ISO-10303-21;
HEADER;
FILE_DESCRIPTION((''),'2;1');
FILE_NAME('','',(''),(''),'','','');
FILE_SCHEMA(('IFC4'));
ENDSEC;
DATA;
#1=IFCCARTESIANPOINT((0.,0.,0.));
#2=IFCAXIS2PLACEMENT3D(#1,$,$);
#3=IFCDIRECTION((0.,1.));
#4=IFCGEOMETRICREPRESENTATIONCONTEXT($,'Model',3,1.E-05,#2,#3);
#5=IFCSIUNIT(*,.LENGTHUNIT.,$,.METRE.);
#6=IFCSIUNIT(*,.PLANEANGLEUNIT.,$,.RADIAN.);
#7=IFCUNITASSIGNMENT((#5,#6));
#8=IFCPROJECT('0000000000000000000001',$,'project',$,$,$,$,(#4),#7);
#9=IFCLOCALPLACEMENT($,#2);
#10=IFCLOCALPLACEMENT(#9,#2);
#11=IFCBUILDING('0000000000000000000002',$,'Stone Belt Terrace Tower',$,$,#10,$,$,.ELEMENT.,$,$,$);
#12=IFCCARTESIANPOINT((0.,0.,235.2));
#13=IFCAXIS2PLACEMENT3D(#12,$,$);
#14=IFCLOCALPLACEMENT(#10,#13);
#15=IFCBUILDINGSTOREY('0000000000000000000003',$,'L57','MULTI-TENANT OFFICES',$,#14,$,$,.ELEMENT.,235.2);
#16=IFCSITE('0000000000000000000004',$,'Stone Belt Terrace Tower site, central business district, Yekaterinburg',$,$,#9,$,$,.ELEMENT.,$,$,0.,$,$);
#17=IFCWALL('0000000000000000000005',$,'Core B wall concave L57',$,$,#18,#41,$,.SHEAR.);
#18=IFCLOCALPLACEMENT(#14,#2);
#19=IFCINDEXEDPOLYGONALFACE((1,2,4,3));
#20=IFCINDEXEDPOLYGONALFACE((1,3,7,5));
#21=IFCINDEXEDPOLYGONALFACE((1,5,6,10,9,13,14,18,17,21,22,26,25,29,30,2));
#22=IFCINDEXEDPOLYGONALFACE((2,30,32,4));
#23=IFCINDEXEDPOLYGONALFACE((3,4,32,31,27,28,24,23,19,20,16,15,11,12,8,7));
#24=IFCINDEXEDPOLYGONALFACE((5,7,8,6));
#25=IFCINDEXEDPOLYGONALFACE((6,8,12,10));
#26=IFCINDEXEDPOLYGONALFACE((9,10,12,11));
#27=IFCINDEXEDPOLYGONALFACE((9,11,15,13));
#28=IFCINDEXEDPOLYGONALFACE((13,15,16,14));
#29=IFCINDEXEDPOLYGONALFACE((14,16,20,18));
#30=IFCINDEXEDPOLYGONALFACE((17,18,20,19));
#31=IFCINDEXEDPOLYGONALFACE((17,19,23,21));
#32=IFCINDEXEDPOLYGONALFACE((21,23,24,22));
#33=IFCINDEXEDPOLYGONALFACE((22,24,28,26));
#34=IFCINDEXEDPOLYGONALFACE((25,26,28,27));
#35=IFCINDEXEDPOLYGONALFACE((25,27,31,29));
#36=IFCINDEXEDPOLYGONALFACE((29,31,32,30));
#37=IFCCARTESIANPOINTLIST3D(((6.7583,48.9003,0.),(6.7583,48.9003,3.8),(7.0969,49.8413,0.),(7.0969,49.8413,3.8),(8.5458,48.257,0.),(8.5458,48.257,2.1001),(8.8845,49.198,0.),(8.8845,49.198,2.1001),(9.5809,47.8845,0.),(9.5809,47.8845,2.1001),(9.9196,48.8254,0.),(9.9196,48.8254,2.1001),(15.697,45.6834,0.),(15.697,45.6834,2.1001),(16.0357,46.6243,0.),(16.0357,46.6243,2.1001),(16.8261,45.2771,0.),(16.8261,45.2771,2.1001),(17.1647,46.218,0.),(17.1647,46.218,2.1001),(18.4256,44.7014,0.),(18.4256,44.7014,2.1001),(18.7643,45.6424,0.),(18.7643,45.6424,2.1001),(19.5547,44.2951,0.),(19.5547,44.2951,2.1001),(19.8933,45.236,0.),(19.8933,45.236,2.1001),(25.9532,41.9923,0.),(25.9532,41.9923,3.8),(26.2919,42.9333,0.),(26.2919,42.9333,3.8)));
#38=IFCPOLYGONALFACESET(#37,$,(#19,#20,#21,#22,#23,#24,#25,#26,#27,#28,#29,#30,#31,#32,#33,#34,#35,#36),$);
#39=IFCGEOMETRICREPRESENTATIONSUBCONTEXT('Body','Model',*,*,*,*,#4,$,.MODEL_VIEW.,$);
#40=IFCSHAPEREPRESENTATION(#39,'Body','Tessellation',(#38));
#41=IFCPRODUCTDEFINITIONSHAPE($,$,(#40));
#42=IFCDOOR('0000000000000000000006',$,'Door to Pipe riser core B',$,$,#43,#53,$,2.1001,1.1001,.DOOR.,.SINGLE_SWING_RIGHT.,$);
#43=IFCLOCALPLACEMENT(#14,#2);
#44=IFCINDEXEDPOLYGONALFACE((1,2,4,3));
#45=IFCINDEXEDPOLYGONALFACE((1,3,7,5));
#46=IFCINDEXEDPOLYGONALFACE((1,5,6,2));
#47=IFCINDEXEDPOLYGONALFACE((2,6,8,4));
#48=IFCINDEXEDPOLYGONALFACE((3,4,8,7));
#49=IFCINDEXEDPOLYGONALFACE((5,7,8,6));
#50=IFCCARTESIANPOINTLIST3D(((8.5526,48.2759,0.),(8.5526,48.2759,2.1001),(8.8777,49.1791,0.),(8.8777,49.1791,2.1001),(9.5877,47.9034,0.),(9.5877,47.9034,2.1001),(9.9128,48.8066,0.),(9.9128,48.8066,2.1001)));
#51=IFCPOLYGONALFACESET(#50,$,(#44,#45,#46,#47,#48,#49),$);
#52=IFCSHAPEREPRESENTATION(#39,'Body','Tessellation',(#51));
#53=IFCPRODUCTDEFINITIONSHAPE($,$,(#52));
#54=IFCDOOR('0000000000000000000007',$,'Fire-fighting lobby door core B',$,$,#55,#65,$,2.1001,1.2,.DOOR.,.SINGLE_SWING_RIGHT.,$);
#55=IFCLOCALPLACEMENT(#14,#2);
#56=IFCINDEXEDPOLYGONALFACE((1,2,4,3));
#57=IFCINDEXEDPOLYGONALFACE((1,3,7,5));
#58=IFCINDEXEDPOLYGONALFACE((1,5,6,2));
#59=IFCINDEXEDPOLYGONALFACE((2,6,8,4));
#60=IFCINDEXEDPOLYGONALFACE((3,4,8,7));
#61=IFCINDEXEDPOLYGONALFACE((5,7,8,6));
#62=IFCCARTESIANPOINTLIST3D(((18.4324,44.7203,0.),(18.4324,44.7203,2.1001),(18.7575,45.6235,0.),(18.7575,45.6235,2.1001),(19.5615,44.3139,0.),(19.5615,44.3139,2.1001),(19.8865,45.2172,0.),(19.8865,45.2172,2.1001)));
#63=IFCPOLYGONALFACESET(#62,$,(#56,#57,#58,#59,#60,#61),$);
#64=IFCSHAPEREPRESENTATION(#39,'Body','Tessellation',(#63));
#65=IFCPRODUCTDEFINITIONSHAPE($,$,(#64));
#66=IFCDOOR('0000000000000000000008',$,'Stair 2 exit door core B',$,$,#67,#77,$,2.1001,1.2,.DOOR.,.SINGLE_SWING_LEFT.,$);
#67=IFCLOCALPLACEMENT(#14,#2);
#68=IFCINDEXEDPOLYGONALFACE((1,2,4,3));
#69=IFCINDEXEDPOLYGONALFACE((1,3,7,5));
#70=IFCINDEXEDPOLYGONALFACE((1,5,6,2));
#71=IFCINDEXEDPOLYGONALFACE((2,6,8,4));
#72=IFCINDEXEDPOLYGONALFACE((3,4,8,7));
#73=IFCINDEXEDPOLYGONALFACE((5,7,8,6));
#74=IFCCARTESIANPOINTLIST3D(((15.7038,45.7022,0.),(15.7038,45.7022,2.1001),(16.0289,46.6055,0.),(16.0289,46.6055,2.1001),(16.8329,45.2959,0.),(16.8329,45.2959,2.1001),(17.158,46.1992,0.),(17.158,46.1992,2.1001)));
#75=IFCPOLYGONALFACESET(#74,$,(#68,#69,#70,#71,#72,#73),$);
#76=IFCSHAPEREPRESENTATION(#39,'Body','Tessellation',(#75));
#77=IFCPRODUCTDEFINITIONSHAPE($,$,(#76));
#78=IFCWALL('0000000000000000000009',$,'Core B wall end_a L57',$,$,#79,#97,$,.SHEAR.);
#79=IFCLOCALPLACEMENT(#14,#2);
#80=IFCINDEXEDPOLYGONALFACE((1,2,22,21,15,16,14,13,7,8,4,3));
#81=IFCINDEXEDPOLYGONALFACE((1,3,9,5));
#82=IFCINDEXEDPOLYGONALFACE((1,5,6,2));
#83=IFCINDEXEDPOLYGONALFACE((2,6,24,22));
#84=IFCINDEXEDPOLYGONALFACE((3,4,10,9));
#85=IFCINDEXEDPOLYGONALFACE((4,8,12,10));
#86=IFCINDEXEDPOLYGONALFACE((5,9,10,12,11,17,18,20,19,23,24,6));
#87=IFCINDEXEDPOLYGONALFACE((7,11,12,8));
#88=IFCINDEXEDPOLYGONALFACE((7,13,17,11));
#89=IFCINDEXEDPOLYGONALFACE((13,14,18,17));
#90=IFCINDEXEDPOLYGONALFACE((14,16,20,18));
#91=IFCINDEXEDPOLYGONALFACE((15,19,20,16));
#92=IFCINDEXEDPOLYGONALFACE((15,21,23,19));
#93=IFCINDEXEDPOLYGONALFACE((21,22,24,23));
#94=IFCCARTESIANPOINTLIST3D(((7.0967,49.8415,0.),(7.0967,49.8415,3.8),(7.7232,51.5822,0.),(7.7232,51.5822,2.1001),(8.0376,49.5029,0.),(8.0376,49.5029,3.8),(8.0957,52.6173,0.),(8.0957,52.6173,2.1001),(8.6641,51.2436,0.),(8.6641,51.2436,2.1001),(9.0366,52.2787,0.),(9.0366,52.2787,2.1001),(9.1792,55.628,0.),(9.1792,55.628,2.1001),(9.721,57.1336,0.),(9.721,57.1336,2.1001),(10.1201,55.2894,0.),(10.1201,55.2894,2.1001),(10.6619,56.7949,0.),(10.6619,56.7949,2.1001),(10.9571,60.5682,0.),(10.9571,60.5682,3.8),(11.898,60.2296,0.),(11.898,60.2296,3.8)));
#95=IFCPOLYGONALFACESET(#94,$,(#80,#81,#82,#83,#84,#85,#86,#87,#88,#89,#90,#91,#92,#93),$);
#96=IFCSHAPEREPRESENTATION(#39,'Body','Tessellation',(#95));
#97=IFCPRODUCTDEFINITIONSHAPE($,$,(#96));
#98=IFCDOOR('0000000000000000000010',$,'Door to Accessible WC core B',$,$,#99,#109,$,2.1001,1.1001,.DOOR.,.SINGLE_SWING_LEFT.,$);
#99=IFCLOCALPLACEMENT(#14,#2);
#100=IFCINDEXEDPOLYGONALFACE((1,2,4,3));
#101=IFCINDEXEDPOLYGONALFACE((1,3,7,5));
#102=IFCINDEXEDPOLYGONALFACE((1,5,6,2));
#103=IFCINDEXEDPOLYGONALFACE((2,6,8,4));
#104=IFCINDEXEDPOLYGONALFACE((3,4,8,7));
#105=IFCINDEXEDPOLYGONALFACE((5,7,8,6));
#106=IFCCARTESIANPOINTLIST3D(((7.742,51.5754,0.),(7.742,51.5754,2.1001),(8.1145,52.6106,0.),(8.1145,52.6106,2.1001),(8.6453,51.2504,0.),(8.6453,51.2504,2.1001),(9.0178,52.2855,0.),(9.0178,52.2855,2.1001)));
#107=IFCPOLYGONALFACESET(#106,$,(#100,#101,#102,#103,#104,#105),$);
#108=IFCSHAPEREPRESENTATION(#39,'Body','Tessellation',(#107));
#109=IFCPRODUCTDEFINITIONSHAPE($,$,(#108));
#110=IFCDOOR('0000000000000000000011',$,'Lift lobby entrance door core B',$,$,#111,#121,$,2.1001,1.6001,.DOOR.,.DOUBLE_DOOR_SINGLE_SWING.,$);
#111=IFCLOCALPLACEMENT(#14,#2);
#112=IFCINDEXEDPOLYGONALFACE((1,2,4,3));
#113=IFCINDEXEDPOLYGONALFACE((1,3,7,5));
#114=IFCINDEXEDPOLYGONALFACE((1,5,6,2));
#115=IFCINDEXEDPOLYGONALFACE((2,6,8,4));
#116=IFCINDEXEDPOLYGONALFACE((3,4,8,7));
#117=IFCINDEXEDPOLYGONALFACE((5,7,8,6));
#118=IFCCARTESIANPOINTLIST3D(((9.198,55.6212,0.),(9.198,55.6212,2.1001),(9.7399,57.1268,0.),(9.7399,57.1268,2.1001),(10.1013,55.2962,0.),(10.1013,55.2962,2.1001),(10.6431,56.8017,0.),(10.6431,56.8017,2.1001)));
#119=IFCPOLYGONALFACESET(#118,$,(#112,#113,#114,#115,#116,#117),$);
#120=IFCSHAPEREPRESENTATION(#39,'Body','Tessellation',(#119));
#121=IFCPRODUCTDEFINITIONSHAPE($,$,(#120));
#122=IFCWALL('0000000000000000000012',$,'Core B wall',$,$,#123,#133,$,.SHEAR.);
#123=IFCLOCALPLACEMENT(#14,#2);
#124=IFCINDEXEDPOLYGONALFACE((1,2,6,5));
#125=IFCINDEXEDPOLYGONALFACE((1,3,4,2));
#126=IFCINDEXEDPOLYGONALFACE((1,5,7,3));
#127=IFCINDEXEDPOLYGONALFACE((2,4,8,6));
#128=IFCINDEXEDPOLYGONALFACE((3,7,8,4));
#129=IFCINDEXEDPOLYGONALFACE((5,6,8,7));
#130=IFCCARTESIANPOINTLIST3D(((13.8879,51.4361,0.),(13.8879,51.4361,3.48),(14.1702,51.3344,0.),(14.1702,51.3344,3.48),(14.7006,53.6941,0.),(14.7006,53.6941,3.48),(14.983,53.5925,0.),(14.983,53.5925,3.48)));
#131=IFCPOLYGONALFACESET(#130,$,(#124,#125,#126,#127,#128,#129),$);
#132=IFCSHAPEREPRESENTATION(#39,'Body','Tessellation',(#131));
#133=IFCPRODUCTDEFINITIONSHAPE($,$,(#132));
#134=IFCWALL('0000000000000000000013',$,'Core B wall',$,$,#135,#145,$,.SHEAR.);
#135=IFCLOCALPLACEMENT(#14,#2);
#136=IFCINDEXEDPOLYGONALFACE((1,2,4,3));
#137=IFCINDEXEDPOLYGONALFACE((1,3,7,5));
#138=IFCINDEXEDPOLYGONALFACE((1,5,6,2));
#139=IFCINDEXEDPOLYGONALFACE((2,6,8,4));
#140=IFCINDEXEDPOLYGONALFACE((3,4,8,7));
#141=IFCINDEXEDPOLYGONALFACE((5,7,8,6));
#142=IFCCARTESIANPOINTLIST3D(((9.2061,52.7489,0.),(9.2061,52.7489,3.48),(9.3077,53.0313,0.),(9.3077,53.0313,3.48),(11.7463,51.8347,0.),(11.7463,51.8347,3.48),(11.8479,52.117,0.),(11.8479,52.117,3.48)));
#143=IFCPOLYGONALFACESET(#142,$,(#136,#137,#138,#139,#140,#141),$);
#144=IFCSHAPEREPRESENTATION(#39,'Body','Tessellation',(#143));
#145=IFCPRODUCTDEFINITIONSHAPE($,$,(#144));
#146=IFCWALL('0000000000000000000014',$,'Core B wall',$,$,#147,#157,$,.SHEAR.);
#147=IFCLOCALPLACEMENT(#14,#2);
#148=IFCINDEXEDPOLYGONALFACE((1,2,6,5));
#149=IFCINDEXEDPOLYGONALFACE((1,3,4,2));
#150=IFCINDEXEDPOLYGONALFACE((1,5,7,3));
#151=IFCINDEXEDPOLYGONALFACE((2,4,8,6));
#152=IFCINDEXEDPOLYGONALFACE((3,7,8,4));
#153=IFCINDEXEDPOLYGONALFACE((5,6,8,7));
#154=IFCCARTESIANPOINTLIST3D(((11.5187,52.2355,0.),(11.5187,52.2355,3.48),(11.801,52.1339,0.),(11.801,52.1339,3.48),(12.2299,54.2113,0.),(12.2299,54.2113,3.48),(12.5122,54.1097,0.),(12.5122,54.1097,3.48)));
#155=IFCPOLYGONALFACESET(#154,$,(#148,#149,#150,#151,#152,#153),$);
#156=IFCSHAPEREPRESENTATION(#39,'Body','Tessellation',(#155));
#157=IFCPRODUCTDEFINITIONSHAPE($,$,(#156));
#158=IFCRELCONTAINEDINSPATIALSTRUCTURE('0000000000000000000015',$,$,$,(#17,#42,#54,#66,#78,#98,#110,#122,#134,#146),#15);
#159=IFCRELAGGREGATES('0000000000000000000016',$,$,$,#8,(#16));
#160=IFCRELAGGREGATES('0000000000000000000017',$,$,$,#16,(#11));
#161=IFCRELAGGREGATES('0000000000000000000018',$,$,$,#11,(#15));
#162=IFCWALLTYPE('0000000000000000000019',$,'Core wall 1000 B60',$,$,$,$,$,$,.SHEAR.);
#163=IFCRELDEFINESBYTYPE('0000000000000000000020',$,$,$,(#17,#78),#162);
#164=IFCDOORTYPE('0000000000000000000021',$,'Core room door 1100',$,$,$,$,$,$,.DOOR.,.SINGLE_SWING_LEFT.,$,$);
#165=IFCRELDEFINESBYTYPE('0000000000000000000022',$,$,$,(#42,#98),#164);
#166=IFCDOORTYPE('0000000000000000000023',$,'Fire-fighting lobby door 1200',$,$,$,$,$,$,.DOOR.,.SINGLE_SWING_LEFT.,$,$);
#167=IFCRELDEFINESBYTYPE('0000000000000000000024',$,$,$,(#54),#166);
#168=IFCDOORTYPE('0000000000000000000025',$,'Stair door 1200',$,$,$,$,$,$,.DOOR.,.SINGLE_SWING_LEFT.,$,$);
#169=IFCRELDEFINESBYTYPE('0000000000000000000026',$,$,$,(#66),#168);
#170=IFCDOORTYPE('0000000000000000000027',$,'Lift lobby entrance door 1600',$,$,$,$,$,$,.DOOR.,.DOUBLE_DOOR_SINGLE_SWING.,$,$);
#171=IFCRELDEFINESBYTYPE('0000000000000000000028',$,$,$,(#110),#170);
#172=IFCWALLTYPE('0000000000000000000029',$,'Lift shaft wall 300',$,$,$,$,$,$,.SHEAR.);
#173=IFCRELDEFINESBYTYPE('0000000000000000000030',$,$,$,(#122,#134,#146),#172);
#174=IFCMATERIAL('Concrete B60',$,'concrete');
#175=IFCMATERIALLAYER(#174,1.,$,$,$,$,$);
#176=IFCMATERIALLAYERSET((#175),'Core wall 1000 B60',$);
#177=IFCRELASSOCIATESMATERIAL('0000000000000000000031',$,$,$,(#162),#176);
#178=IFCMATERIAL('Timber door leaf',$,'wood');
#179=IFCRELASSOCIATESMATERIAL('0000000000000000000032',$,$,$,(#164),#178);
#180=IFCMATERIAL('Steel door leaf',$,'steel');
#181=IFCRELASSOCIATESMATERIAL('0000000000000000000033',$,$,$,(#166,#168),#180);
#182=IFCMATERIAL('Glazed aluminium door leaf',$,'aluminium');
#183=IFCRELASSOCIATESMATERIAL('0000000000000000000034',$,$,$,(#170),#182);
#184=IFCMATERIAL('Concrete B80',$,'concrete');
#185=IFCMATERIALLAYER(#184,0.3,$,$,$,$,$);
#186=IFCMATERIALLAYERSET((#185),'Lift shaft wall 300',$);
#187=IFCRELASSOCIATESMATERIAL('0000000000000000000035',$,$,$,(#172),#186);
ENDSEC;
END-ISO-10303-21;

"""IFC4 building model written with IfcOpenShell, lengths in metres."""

from ifc_helpers import new_model, si_unit, direction, frame, frame_2d, origin, place, context, subcontext, project, spatial, rectangle, extrude, material, layer, layer_set, type_object, element, fill, save


model = new_model("IFC4")

# Units and contexts
model_context = context("Model", 3, precision=1e-05, world=origin(), true_north=direction((0.0, 1.0)))
body_context = subcontext(model_context, "Body", "Model", "MODEL_VIEW")
ifc_project = project(units=[si_unit("LENGTHUNIT", "METRE"), si_unit("PLANEANGLEUNIT", "RADIAN")], contexts=[model_context])

# Site, building, storey
site_placement = place(None, origin())
site = spatial("IfcSite", under=ifc_project, at=site_placement, Name="Stone Belt Terrace Tower site, central business district, Yekaterinburg", CompositionType="ELEMENT", RefElevation=0.0)
building_placement = place(site_placement, origin())
building = spatial("IfcBuilding", under=site, at=building_placement, Name="Stone Belt Terrace Tower", CompositionType="ELEMENT")
storey_placement = place(building_placement, frame((0.0, 0.0, 235.2)))
storey = spatial("IfcBuildingStorey", under=building, at=storey_placement, Name="L57", Description="MULTI-TENANT OFFICES", CompositionType="ELEMENT", Elevation=235.2)

# Shared definitions
ifc_material_1 = material(Name="Concrete B60", Category="concrete")

# Walls, openings, doors
ifc_layer_1 = layer(ifc_material_1, 1.0)
ifc_layer_set_1 = layer_set([ifc_layer_1], Name="Core wall 1000 B60")
wall_type_1 = type_object("IfcWallType", Name="Core wall 1000 B60", PredefinedType="SHEAR", material=ifc_layer_set_1)
wall_1_placement = place(storey_placement, frame((6.9275, 49.3708, 0.0), z_axis=(0.0, 0.0, 1.0), x_axis=(0.940921, -0.338625, 0.0)))
wall_1 = element("IfcWall", 1, at=wall_1_placement, inside=storey, type_object=wall_type_1, Name="Core B wall concave L57", PredefinedType="SHEAR", context=body_context, shape_type="SweptSolid", body=[
    extrude(rectangle(XDim=20.4001, YDim=1.0, at=frame_2d((10.2002, 0.0))), origin(), (0.0, 0.0, 1.0), 3.8),
])
opening_1_placement = place(wall_1_placement, frame((12.3999, 0.0, 0.0)))
opening_1 = element("IfcOpeningElement", 2, at=opening_1_placement, cuts=wall_1, PredefinedType="OPENING", context=body_context, shape_type="SweptSolid", body=[
    extrude(rectangle(XDim=1.2, YDim=2.1001, at=frame_2d((0.6001, 1.05))), frame((0.0, 0.51, 0.0), z_axis=(0.0, -1.0, 0.0), x_axis=(1.0, 0.0, 0.0)), (0.0, 0.0, 1.0), 1.02),
])
opening_2_placement = place(wall_1_placement, frame((9.5, 0.0, 0.0)))
opening_2 = element("IfcOpeningElement", 3, at=opening_2_placement, cuts=wall_1, PredefinedType="OPENING", context=body_context, shape_type="SweptSolid", body=[
    extrude(rectangle(XDim=1.2, YDim=2.1001, at=frame_2d((0.6001, 1.05))), frame((0.0, 0.51, 0.0), z_axis=(0.0, -1.0, 0.0), x_axis=(1.0, 0.0, 0.0)), (0.0, 0.0, 1.0), 1.02),
])
opening_3_placement = place(wall_1_placement, frame((1.8999, 0.0, 0.0)))
opening_3 = element("IfcOpeningElement", 4, at=opening_3_placement, cuts=wall_1, PredefinedType="OPENING", context=body_context, shape_type="SweptSolid", body=[
    extrude(rectangle(XDim=1.1001, YDim=2.1001, at=frame_2d((0.55, 1.05))), frame((0.0, 0.51, 0.0), z_axis=(0.0, -1.0, 0.0), x_axis=(1.0, 0.0, 0.0)), (0.0, 0.0, 1.0), 1.02),
])
ifc_material_2 = material(Name="Timber door leaf", Category="wood")
door_type_1 = type_object("IfcDoorType", Name="Core room door 1100", OperationType="SINGLE_SWING_LEFT", PredefinedType="DOOR", material=ifc_material_2)
door_1_placement = place(opening_3_placement, origin())
door_1 = element("IfcDoor", 5, at=door_1_placement, inside=storey, type_object=door_type_1, Name="Door to Pipe riser core B", OperationType="SINGLE_SWING_RIGHT", OverallHeight=2.1001, OverallWidth=1.1001, PredefinedType="DOOR", context=body_context, shape_type="SweptSolid", body=[
    extrude(rectangle(XDim=1.1001, YDim=2.1001, at=frame_2d((0.55, 1.05))), frame((0.0, 0.48, 0.0), z_axis=(0.0, -1.0, 0.0), x_axis=(1.0, 0.0, 0.0)), (0.0, 0.0, 1.0), 0.96),
])
fill(opening_3, door_1)
ifc_material_3 = material(Name="Steel door leaf", Category="steel")
door_type_2 = type_object("IfcDoorType", Name="Fire-fighting lobby door 1200", OperationType="SINGLE_SWING_LEFT", PredefinedType="DOOR", material=ifc_material_3)
door_2_placement = place(opening_1_placement, origin())
door_2 = element("IfcDoor", 6, at=door_2_placement, inside=storey, type_object=door_type_2, Name="Fire-fighting lobby door core B", OperationType="SINGLE_SWING_RIGHT", OverallHeight=2.1001, OverallWidth=1.2, PredefinedType="DOOR", context=body_context, shape_type="SweptSolid", body=[
    extrude(rectangle(XDim=1.2, YDim=2.1001, at=frame_2d((0.6001, 1.05))), frame((0.0, 0.48, 0.0), z_axis=(0.0, -1.0, 0.0), x_axis=(1.0, 0.0, 0.0)), (0.0, 0.0, 1.0), 0.96),
])
fill(opening_1, door_2)
door_type_3 = type_object("IfcDoorType", Name="Stair door 1200", OperationType="SINGLE_SWING_LEFT", PredefinedType="DOOR", material=ifc_material_3)
door_3_placement = place(opening_2_placement, origin())
door_3 = element("IfcDoor", 7, at=door_3_placement, inside=storey, type_object=door_type_3, Name="Stair 2 exit door core B", OperationType="SINGLE_SWING_LEFT", OverallHeight=2.1001, OverallWidth=1.2, PredefinedType="DOOR", context=body_context, shape_type="SweptSolid", body=[
    extrude(rectangle(XDim=1.2, YDim=2.1001, at=frame_2d((0.6001, 1.05))), frame((0.0, 0.48, 0.0), z_axis=(0.0, -1.0, 0.0), x_axis=(1.0, 0.0, 0.0)), (0.0, 0.0, 1.0), 0.96),
])
fill(opening_2, door_3)
wall_2_placement = place(storey_placement, frame((7.5671, 49.6721, 0.0), z_axis=(0.0, 0.0, 1.0), x_axis=(0.338625, 0.940921, 0.0)))
wall_2 = element("IfcWall", 8, at=wall_2_placement, inside=storey, type_object=wall_type_1, Name="Core B wall end_a L57", PredefinedType="SHEAR", context=body_context, shape_type="SweptSolid", body=[
    extrude(rectangle(XDim=11.4001, YDim=1.0, at=frame_2d((5.7002, 0.0))), origin(), (0.0, 0.0, 1.0), 3.8),
])
opening_4_placement = place(wall_2_placement, frame((6.1499, 0.0, 0.0)))
opening_4 = element("IfcOpeningElement", 9, at=opening_4_placement, cuts=wall_2, PredefinedType="OPENING", context=body_context, shape_type="SweptSolid", body=[
    extrude(rectangle(XDim=1.6001, YDim=2.1001, at=frame_2d((0.8, 1.05))), frame((0.0, 0.51, 0.0), z_axis=(0.0, -1.0, 0.0), x_axis=(1.0, 0.0, 0.0)), (0.0, 0.0, 1.0), 1.02),
])
opening_5_placement = place(wall_2_placement, frame((1.8501, 0.0, 0.0)))
opening_5 = element("IfcOpeningElement", 10, at=opening_5_placement, cuts=wall_2, PredefinedType="OPENING", context=body_context, shape_type="SweptSolid", body=[
    extrude(rectangle(XDim=1.1001, YDim=2.1001, at=frame_2d((0.55, 1.05))), frame((0.0, 0.51, 0.0), z_axis=(0.0, -1.0, 0.0), x_axis=(1.0, 0.0, 0.0)), (0.0, 0.0, 1.0), 1.02),
])
door_4_placement = place(opening_5_placement, origin())
door_4 = element("IfcDoor", 11, at=door_4_placement, inside=storey, type_object=door_type_1, Name="Door to Accessible WC core B", OperationType="SINGLE_SWING_LEFT", OverallHeight=2.1001, OverallWidth=1.1001, PredefinedType="DOOR", context=body_context, shape_type="SweptSolid", body=[
    extrude(rectangle(XDim=1.1001, YDim=2.1001, at=frame_2d((0.55, 1.05))), frame((0.0, 0.48, 0.0), z_axis=(0.0, -1.0, 0.0), x_axis=(1.0, 0.0, 0.0)), (0.0, 0.0, 1.0), 0.96),
])
fill(opening_5, door_4)
ifc_material_4 = material(Name="Glazed aluminium door leaf", Category="aluminium")
door_type_4 = type_object("IfcDoorType", Name="Lift lobby entrance door 1600", OperationType="DOUBLE_DOOR_SINGLE_SWING", PredefinedType="DOOR", material=ifc_material_4)
door_5_placement = place(opening_4_placement, origin())
door_5 = element("IfcDoor", 12, at=door_5_placement, inside=storey, type_object=door_type_4, Name="Lift lobby entrance door core B", OperationType="DOUBLE_DOOR_SINGLE_SWING", OverallHeight=2.1001, OverallWidth=1.6001, PredefinedType="DOOR", context=body_context, shape_type="SweptSolid", body=[
    extrude(rectangle(XDim=1.6001, YDim=2.1001, at=frame_2d((0.8, 1.05))), frame((0.0, 0.48, 0.0), z_axis=(0.0, -1.0, 0.0), x_axis=(1.0, 0.0, 0.0)), (0.0, 0.0, 1.0), 0.96),
])
fill(opening_4, door_5)

# Walls
ifc_material_5 = material(Name="Concrete B80", Category="concrete")
ifc_layer_2 = layer(ifc_material_5, 0.3)
ifc_layer_set_2 = layer_set([ifc_layer_2], Name="Lift shaft wall 300")
wall_type_2 = type_object("IfcWallType", Name="Lift shaft wall 300", PredefinedType="SHEAR", material=ifc_layer_set_2)
wall_3_placement = place(storey_placement, frame((14.0291, 51.3853, 0.0), z_axis=(0.0, 0.0, 1.0), x_axis=(0.338662, 0.940908, 0.0)))
element("IfcWall", 13, at=wall_3_placement, inside=storey, type_object=wall_type_2, Name="Core B wall", PredefinedType="SHEAR", context=body_context, shape_type="SweptSolid", body=[
    extrude(rectangle(XDim=2.3999, YDim=0.3, at=frame_2d((1.2, 0.0))), origin(), (0.0, 0.0, 1.0), 3.48),
])
wall_4_placement = place(storey_placement, frame((11.7971, 51.9758, 0.0), z_axis=(0.0, 0.0, 1.0), x_axis=(-0.94091, 0.338655, 0.0)))
element("IfcWall", 14, at=wall_4_placement, inside=storey, type_object=wall_type_2, Name="Core B wall", PredefinedType="SHEAR", context=body_context, shape_type="SweptSolid", body=[
    extrude(rectangle(XDim=2.6997, YDim=0.3, at=frame_2d((1.3499, 0.0))), origin(), (0.0, 0.0, 1.0), 3.48),
])
wall_5_placement = place(storey_placement, frame((11.6599, 52.1848, 0.0), z_axis=(0.0, 0.0, 1.0), x_axis=(0.33867, 0.940905, 0.0)))
element("IfcWall", 15, at=wall_5_placement, inside=storey, type_object=wall_type_2, Name="Core B wall", PredefinedType="SHEAR", context=body_context, shape_type="SweptSolid", body=[
    extrude(rectangle(XDim=2.0999, YDim=0.3, at=frame_2d((1.0498, 0.0))), origin(), (0.0, 0.0, 1.0), 3.48),
])

save(model, "model.ifc")
